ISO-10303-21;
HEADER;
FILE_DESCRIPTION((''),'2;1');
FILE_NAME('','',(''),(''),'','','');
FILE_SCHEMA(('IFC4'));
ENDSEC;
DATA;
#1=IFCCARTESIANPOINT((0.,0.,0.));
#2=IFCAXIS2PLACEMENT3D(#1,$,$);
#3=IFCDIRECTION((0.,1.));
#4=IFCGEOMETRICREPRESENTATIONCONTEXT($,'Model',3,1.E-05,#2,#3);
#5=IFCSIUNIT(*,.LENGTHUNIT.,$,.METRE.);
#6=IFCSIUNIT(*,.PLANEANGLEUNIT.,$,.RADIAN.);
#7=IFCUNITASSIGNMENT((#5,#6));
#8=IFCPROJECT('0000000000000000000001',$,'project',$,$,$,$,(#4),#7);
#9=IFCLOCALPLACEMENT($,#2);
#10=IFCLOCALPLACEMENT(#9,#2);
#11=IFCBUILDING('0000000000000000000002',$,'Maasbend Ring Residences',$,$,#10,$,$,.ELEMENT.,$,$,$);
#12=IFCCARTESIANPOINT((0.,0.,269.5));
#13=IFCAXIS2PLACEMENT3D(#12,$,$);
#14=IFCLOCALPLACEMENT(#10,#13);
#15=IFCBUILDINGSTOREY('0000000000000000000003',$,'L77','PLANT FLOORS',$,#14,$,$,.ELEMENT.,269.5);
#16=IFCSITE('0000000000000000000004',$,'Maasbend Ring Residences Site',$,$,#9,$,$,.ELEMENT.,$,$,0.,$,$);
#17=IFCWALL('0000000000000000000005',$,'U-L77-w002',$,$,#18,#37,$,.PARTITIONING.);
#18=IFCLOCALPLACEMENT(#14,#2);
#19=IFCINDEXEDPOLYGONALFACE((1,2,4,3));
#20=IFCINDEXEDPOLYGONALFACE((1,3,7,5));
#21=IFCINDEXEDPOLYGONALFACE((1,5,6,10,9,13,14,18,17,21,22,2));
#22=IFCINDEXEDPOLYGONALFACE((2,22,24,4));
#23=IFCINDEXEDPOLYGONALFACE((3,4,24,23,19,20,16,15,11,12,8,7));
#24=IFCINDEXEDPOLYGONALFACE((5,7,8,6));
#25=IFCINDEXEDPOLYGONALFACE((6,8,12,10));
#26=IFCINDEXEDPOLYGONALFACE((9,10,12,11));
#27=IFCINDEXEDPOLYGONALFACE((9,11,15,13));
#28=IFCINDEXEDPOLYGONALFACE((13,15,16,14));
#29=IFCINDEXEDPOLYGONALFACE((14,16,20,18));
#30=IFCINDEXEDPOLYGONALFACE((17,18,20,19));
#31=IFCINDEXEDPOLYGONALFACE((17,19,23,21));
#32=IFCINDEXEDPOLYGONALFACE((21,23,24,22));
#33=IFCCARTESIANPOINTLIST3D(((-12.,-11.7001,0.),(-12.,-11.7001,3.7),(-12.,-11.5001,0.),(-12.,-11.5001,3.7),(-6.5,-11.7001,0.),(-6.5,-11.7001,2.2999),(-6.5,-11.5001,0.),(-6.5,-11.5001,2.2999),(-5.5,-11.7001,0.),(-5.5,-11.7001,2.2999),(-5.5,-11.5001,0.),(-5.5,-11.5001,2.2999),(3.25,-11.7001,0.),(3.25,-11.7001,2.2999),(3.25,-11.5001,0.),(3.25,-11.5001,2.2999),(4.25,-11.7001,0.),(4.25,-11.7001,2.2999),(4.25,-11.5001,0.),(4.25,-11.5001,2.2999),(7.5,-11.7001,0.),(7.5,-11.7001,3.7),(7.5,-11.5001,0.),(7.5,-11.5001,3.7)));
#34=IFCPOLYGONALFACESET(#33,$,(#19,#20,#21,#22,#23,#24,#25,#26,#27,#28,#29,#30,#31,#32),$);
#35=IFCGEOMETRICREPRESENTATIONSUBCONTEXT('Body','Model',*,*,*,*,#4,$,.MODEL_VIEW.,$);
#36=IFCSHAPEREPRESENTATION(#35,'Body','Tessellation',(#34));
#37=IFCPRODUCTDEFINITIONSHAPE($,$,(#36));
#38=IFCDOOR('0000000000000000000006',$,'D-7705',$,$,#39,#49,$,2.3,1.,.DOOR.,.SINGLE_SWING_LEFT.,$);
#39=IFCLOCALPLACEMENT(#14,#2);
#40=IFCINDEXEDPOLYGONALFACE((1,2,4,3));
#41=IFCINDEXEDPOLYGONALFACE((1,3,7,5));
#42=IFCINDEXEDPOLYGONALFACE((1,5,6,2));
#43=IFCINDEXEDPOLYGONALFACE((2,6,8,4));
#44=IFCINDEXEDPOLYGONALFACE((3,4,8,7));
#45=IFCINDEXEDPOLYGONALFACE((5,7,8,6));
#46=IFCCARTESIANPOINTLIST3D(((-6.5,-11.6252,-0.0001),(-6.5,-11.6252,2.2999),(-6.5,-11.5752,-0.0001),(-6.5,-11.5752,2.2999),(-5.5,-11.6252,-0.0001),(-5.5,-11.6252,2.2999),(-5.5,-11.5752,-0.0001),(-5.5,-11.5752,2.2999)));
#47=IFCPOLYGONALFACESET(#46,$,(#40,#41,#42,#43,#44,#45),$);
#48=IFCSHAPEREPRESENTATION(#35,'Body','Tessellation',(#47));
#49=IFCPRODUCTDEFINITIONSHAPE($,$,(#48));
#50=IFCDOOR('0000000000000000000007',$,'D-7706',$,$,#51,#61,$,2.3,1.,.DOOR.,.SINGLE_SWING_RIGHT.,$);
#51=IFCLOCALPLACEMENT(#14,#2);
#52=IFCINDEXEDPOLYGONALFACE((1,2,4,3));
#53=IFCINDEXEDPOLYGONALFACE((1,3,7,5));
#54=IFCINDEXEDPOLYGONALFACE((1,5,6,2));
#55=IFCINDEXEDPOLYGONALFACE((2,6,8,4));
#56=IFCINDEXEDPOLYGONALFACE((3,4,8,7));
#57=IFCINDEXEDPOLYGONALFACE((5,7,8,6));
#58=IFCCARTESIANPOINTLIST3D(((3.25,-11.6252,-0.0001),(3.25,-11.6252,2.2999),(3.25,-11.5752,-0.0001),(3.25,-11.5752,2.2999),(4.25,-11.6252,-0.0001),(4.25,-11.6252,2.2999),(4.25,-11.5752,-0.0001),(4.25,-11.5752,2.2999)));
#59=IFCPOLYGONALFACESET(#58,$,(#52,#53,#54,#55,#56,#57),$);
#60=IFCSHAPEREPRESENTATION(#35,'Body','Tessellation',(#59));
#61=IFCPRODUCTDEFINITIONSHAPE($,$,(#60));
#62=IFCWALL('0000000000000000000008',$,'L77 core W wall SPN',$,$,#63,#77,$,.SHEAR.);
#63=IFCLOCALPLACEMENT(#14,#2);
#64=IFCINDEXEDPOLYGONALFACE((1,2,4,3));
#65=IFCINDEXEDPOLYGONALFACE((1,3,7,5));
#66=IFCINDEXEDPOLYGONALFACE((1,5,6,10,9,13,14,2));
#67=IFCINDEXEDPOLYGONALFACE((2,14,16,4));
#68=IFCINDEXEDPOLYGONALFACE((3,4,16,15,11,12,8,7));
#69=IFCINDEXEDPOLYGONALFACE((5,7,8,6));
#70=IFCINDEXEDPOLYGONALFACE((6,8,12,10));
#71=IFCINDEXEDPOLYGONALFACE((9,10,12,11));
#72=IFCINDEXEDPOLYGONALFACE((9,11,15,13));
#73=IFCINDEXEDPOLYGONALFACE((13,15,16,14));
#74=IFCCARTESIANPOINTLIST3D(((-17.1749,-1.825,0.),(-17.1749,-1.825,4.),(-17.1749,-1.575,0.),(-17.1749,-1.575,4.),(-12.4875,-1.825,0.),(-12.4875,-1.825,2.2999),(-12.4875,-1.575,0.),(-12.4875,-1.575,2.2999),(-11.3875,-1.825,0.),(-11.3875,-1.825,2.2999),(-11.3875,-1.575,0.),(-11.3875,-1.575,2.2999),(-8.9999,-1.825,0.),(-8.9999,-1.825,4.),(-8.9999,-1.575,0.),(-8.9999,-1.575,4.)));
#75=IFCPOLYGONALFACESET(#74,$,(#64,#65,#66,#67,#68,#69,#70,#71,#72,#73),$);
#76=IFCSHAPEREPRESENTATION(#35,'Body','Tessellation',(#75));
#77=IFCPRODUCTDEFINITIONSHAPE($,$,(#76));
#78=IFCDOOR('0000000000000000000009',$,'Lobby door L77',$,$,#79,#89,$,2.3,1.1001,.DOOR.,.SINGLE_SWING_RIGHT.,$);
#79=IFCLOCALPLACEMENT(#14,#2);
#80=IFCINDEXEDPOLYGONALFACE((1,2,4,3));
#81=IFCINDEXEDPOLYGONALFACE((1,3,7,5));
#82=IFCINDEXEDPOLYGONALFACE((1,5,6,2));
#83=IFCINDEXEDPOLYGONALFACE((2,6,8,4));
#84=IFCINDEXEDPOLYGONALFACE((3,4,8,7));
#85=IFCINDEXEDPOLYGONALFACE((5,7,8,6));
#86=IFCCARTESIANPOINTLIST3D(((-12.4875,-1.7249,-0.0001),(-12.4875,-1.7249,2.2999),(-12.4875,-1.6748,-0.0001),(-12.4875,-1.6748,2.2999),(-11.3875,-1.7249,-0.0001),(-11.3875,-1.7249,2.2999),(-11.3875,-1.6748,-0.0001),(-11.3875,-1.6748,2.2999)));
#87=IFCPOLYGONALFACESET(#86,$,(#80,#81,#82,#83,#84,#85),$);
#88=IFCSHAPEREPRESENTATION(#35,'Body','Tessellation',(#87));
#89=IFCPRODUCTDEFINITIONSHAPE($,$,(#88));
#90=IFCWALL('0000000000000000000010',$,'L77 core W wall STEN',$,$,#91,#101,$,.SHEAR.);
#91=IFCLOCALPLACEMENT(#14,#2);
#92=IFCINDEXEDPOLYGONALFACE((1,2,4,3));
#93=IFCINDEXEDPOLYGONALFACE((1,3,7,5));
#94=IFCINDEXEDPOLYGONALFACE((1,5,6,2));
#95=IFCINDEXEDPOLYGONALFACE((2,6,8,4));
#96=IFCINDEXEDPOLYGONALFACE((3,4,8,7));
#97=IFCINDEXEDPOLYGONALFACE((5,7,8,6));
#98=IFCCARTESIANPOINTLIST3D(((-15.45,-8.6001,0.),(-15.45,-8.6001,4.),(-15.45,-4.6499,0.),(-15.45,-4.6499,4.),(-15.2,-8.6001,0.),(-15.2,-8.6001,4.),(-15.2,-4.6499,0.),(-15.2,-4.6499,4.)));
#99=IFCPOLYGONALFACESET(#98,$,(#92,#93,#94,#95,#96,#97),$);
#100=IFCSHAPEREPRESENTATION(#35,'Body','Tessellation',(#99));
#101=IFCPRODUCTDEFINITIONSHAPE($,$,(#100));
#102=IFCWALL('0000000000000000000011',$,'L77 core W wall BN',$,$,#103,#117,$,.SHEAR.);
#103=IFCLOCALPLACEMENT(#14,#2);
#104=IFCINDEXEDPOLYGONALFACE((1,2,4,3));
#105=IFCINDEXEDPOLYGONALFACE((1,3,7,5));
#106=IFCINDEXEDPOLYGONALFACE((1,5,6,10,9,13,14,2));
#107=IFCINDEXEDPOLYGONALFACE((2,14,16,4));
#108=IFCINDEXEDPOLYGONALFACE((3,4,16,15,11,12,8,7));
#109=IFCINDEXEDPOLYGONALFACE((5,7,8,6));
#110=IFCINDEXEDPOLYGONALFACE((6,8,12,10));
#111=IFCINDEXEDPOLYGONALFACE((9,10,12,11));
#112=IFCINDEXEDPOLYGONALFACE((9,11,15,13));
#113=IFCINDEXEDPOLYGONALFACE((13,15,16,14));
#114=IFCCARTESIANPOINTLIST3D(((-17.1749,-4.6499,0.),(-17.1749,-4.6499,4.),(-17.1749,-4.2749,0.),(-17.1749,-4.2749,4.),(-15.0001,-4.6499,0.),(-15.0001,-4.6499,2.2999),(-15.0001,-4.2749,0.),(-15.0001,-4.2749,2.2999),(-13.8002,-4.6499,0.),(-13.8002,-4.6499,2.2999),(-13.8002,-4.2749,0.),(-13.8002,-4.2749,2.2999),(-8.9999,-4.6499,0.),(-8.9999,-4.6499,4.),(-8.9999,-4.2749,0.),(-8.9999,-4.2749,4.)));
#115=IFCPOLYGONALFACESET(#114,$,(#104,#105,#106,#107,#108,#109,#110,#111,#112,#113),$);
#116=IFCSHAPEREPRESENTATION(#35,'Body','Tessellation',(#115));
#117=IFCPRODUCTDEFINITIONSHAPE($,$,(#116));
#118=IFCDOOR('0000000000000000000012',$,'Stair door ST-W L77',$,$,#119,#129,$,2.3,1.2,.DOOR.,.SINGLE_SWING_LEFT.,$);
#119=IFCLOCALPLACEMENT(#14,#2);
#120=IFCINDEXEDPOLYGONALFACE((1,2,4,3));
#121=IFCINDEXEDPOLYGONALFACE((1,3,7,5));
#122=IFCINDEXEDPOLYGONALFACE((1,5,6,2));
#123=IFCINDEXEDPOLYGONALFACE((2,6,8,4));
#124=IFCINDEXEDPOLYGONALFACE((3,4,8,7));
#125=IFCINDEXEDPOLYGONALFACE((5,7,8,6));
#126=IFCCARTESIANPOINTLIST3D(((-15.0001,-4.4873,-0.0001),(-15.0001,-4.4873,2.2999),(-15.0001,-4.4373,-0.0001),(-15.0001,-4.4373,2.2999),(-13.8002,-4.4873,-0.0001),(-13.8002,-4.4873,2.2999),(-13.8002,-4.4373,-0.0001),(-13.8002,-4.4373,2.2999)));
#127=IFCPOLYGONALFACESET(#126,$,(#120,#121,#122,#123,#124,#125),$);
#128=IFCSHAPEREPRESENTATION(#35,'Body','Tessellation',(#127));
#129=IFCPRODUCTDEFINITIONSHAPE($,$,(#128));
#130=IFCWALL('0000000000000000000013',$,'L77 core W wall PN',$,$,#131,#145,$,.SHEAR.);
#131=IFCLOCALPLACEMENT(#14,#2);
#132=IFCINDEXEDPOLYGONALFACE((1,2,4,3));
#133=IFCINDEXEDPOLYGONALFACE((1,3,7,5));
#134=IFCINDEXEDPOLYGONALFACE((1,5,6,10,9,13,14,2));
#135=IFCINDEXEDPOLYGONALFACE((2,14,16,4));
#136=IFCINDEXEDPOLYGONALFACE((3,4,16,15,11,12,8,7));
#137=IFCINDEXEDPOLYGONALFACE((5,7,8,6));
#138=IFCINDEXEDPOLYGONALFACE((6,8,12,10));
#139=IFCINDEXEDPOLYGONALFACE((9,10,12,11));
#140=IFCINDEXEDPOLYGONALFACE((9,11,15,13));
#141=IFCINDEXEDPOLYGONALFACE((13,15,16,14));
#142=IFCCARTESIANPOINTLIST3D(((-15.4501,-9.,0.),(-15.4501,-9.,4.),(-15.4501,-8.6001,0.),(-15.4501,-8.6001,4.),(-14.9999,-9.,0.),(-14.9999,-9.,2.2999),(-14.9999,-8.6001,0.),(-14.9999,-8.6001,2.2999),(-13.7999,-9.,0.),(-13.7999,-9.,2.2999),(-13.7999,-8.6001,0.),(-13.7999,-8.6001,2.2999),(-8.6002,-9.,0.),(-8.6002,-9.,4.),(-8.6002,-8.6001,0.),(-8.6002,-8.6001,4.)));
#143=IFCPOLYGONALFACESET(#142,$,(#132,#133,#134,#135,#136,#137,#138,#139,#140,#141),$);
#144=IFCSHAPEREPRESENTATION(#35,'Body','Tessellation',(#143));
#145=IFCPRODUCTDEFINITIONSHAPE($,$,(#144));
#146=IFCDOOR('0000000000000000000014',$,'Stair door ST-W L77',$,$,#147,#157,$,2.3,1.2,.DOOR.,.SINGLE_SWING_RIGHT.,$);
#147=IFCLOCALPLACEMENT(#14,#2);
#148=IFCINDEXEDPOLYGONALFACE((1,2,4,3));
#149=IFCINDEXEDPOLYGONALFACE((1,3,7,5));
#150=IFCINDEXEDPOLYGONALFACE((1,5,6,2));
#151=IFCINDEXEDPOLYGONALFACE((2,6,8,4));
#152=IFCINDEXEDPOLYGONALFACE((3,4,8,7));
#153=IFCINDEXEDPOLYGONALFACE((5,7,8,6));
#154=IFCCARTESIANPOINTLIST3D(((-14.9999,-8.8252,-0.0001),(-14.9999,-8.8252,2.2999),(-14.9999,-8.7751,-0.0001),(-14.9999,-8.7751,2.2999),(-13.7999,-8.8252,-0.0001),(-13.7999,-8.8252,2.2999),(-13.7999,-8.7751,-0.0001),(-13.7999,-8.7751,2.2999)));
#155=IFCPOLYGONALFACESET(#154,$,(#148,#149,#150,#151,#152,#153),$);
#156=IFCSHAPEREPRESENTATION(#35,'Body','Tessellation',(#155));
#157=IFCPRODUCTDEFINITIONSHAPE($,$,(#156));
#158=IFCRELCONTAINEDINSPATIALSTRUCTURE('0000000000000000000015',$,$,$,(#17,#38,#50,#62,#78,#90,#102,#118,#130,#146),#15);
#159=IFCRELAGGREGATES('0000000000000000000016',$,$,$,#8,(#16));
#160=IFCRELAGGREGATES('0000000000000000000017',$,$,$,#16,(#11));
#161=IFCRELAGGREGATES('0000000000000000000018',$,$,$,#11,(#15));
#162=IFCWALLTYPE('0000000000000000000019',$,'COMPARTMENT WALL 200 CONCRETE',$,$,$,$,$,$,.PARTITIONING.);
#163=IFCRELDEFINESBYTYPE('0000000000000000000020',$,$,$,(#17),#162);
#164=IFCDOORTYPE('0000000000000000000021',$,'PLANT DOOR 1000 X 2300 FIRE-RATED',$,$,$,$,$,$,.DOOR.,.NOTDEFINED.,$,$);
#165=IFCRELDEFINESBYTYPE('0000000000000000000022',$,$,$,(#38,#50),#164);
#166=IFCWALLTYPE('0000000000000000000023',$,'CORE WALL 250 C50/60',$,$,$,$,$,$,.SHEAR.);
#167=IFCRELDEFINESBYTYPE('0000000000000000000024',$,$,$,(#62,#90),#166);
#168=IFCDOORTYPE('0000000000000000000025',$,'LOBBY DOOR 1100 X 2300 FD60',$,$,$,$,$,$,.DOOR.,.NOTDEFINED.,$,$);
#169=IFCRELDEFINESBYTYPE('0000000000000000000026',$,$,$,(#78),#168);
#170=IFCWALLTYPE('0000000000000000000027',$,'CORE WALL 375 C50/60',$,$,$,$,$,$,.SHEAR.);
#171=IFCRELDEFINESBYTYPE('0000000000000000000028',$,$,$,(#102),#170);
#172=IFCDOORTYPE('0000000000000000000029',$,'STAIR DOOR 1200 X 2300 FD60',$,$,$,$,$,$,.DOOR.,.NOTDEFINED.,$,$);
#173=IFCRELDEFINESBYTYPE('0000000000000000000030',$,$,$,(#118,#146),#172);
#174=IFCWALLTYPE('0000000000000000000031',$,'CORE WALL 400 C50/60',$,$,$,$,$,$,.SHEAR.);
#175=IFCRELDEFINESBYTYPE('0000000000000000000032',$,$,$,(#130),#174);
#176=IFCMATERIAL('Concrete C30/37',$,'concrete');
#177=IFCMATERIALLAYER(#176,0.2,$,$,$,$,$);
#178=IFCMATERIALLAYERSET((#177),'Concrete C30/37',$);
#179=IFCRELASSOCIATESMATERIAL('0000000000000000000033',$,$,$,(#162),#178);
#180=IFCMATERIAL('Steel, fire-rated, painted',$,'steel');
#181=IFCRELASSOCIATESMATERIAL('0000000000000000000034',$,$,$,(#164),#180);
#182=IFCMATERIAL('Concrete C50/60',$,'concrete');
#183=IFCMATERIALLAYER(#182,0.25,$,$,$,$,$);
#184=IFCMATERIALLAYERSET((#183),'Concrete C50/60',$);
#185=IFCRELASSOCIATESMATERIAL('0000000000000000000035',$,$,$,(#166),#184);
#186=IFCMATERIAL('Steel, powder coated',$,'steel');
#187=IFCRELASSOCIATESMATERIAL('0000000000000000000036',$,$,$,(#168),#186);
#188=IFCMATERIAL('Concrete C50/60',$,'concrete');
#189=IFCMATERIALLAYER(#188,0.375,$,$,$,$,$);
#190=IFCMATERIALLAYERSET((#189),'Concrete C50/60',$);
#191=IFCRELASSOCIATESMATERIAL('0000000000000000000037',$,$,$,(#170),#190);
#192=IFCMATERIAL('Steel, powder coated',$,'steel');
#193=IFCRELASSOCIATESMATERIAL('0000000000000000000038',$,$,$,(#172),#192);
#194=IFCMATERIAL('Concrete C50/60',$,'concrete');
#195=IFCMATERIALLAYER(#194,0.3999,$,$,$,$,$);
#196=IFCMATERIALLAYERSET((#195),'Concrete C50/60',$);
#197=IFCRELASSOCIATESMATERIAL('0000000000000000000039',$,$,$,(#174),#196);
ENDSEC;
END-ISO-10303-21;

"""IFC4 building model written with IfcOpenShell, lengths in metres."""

from ifc_helpers import new_model, si_unit, direction, frame, frame_2d, origin, place, context, subcontext, project, spatial, rectangle, extrude, material, layer, layer_set, type_object, element, fill, save


model = new_model("IFC4")

# Units and contexts
model_context = context("Model", 3, precision=1e-05, world=origin(), true_north=direction((0.0, 1.0)))
body_context = subcontext(model_context, "Body", "Model", "MODEL_VIEW")
ifc_project = project(units=[si_unit("LENGTHUNIT", "METRE"), si_unit("PLANEANGLEUNIT", "RADIAN")], contexts=[model_context])

# Site, building, storey
site_placement = place(None, origin())
site = spatial("IfcSite", under=ifc_project, at=site_placement, Name="Maasbend Ring Residences Site", CompositionType="ELEMENT", RefElevation=0.0)
building_placement = place(site_placement, origin())
building = spatial("IfcBuilding", under=site, at=building_placement, Name="Maasbend Ring Residences", CompositionType="ELEMENT")
storey_placement = place(building_placement, frame((0.0, 0.0, 269.5)))
storey = spatial("IfcBuildingStorey", under=building, at=storey_placement, Name="L77", Description="PLANT FLOORS", CompositionType="ELEMENT", Elevation=269.5)

# Wall, openings, doors
ifc_material_1 = material(Name="Concrete C30/37", Category="concrete")
ifc_layer_1 = layer(ifc_material_1, 0.2)
ifc_layer_set_1 = layer_set([ifc_layer_1], Name="Concrete C30/37")
wall_type_1 = type_object("IfcWallType", Name="COMPARTMENT WALL 200 CONCRETE", PredefinedType="PARTITIONING", material=ifc_layer_set_1)
wall_1_placement = place(storey_placement, frame((-12.0, -11.6001, 0.0), z_axis=(0.0, 0.0, 1.0), x_axis=(1.0, 0.0, 0.0)))
wall_1 = element("IfcWall", 1, at=wall_1_placement, inside=storey, type_object=wall_type_1, Name="U-L77-w002", PredefinedType="PARTITIONING", context=body_context, shape_type="SweptSolid", body=[
    extrude(rectangle(XDim=19.5, YDim=0.2, at=frame_2d((9.75, 0.0))), origin(), (0.0, 0.0, 1.0), 3.7),
])
opening_1_placement = place(wall_1_placement, frame((5.5, 0.0, 0.0)))
opening_1 = element("IfcOpeningElement", 2, at=opening_1_placement, cuts=wall_1, PredefinedType="OPENING", context=body_context, shape_type="SweptSolid", body=[
    extrude(rectangle(XDim=1.0, YDim=2.3, at=frame_2d((0.5, 1.1499))), frame((0.0, 0.1099, 0.0), z_axis=(0.0, -1.0, 0.0), x_axis=(1.0, 0.0, 0.0)), (0.0, 0.0, 1.0), 0.22),
])
opening_2_placement = place(wall_1_placement, frame((15.25, 0.0, 0.0)))
opening_2 = element("IfcOpeningElement", 3, at=opening_2_placement, cuts=wall_1, PredefinedType="OPENING", context=body_context, shape_type="SweptSolid", body=[
    extrude(rectangle(XDim=1.0, YDim=2.3, at=frame_2d((0.5, 1.1499))), frame((0.0, 0.1099, 0.0), z_axis=(0.0, -1.0, 0.0), x_axis=(1.0, 0.0, 0.0)), (0.0, 0.0, 1.0), 0.22),
])
ifc_material_2 = material(Name="Steel, fire-rated, painted", Category="steel")
door_type_1 = type_object("IfcDoorType", Name="PLANT DOOR 1000 X 2300 FIRE-RATED", OperationType="NOTDEFINED", PredefinedType="DOOR", material=ifc_material_2)
door_1_placement = place(opening_1_placement, origin())
door_1 = element("IfcDoor", 4, at=door_1_placement, inside=storey, type_object=door_type_1, Name="D-7705", OperationType="SINGLE_SWING_LEFT", OverallHeight=2.3, OverallWidth=1.0, PredefinedType="DOOR", context=body_context, shape_type="SweptSolid", body=[
    extrude(rectangle(XDim=1.0, YDim=2.3, at=frame_2d((0.5, 1.1499))), frame((0.0, 0.0249, 0.0), z_axis=(0.0, -1.0, 0.0), x_axis=(1.0, 0.0, 0.0)), (0.0, 0.0, 1.0), 0.05),
])
fill(opening_1, door_1)
door_2_placement = place(opening_2_placement, origin())
door_2 = element("IfcDoor", 5, at=door_2_placement, inside=storey, type_object=door_type_1, Name="D-7706", OperationType="SINGLE_SWING_RIGHT", OverallHeight=2.3, OverallWidth=1.0, PredefinedType="DOOR", context=body_context, shape_type="SweptSolid", body=[
    extrude(rectangle(XDim=1.0, YDim=2.3, at=frame_2d((0.5, 1.1499))), frame((0.0, 0.0249, 0.0), z_axis=(0.0, -1.0, 0.0), x_axis=(1.0, 0.0, 0.0)), (0.0, 0.0, 1.0), 0.05),
])
fill(opening_2, door_2)

# Wall, opening, door
ifc_material_3 = material(Name="Concrete C50/60", Category="concrete")
ifc_layer_2 = layer(ifc_material_3, 0.25)
ifc_layer_set_2 = layer_set([ifc_layer_2], Name="Concrete C50/60")
wall_type_2 = type_object("IfcWallType", Name="CORE WALL 250 C50/60", PredefinedType="SHEAR", material=ifc_layer_set_2)
wall_2_placement = place(storey_placement, frame((-9.0, -1.7, 0.0), z_axis=(0.0, 0.0, 1.0), x_axis=(-1.0, 0.0, 0.0)))
wall_2 = element("IfcWall", 6, at=wall_2_placement, inside=storey, type_object=wall_type_2, Name="L77 core W wall SPN", PredefinedType="SHEAR", context=body_context, shape_type="SweptSolid", body=[
    extrude(rectangle(XDim=8.175, YDim=0.25, at=frame_2d((4.0874, 0.0))), origin(), (0.0, 0.0, 1.0), 4.0),
])
opening_3_placement = place(wall_2_placement, frame((2.3875, 0.0, 0.0)))
opening_3 = element("IfcOpeningElement", 7, at=opening_3_placement, cuts=wall_2, PredefinedType="OPENING", context=body_context, shape_type="SweptSolid", body=[
    extrude(rectangle(XDim=1.1001, YDim=2.3, at=frame_2d((0.55, 1.1499))), frame((0.0, 0.135, 0.0), z_axis=(0.0, -1.0, 0.0), x_axis=(1.0, 0.0, 0.0)), (0.0, 0.0, 1.0), 0.27),
])
ifc_material_4 = material(Name="Steel, powder coated", Category="steel")
door_type_2 = type_object("IfcDoorType", Name="LOBBY DOOR 1100 X 2300 FD60", OperationType="NOTDEFINED", PredefinedType="DOOR", material=ifc_material_4)
door_3_placement = place(opening_3_placement, origin())
door_3 = element("IfcDoor", 8, at=door_3_placement, inside=storey, type_object=door_type_2, Name="Lobby door L77", OperationType="SINGLE_SWING_RIGHT", OverallHeight=2.3, OverallWidth=1.1001, PredefinedType="DOOR", context=body_context, shape_type="SweptSolid", body=[
    extrude(rectangle(XDim=1.1001, YDim=2.3, at=frame_2d((0.55, 1.1499))), frame((0.0, 0.0249, 0.0), z_axis=(0.0, -1.0, 0.0), x_axis=(1.0, 0.0, 0.0)), (0.0, 0.0, 1.0), 0.05),
])
fill(opening_3, door_3)

# Wall
wall_3_placement = place(storey_placement, frame((-15.325, -4.6499, 0.0), z_axis=(0.0, 0.0, 1.0), x_axis=(0.0, -1.0, 0.0)))
element("IfcWall", 9, at=wall_3_placement, inside=storey, type_object=wall_type_2, Name="L77 core W wall STEN", PredefinedType="SHEAR", context=body_context, shape_type="SweptSolid", body=[
    extrude(rectangle(XDim=3.9502, YDim=0.25, at=frame_2d((1.9751, 0.0))), origin(), (0.0, 0.0, 1.0), 4.0),
])

# Walls, openings, doors
ifc_material_5 = material(Name="Concrete C50/60", Category="concrete")
ifc_layer_3 = layer(ifc_material_5, 0.375)
ifc_layer_set_3 = layer_set([ifc_layer_3], Name="Concrete C50/60")
wall_type_3 = type_object("IfcWallType", Name="CORE WALL 375 C50/60", PredefinedType="SHEAR", material=ifc_layer_set_3)
wall_4_placement = place(storey_placement, frame((-9.0, -4.4624, 0.0), z_axis=(0.0, 0.0, 1.0), x_axis=(-1.0, 0.0, 0.0)))
wall_4 = element("IfcWall", 10, at=wall_4_placement, inside=storey, type_object=wall_type_3, Name="L77 core W wall BN", PredefinedType="SHEAR", context=body_context, shape_type="SweptSolid", body=[
    extrude(rectangle(XDim=8.175, YDim=0.375, at=frame_2d((4.0874, 0.0))), origin(), (0.0, 0.0, 1.0), 4.0),
])
opening_4_placement = place(wall_4_placement, frame((4.8, 0.0, 0.0)))
opening_4 = element("IfcOpeningElement", 11, at=opening_4_placement, cuts=wall_4, PredefinedType="OPENING", context=body_context, shape_type="SweptSolid", body=[
    extrude(rectangle(XDim=1.2, YDim=2.3, at=frame_2d((0.6001, 1.1499))), frame((0.0, 0.1975, 0.0), z_axis=(0.0, -1.0, 0.0), x_axis=(1.0, 0.0, 0.0)), (0.0, 0.0, 1.0), 0.395),
])
ifc_material_6 = material(Name="Steel, powder coated", Category="steel")
door_type_3 = type_object("IfcDoorType", Name="STAIR DOOR 1200 X 2300 FD60", OperationType="NOTDEFINED", PredefinedType="DOOR", material=ifc_material_6)
door_4_placement = place(opening_4_placement, origin())
door_4 = element("IfcDoor", 12, at=door_4_placement, inside=storey, type_object=door_type_3, Name="Stair door ST-W L77", OperationType="SINGLE_SWING_LEFT", OverallHeight=2.3, OverallWidth=1.2, PredefinedType="DOOR", context=body_context, shape_type="SweptSolid", body=[
    extrude(rectangle(XDim=1.2, YDim=2.3, at=frame_2d((0.6001, 1.1499))), frame((0.0, 0.0249, 0.0), z_axis=(0.0, -1.0, 0.0), x_axis=(1.0, 0.0, 0.0)), (0.0, 0.0, 1.0), 0.05),
])
fill(opening_4, door_4)
ifc_material_7 = material(Name="Concrete C50/60", Category="concrete")
ifc_layer_4 = layer(ifc_material_7, 0.3999)
ifc_layer_set_4 = layer_set([ifc_layer_4], Name="Concrete C50/60")
wall_type_4 = type_object("IfcWallType", Name="CORE WALL 400 C50/60", PredefinedType="SHEAR", material=ifc_layer_set_4)
wall_5_placement = place(storey_placement, frame((-15.45, -8.8, 0.0), z_axis=(0.0, 0.0, 1.0), x_axis=(1.0, 0.0, 0.0)))
wall_5 = element("IfcWall", 13, at=wall_5_placement, inside=storey, type_object=wall_type_4, Name="L77 core W wall PN", PredefinedType="SHEAR", context=body_context, shape_type="SweptSolid", body=[
    extrude(rectangle(XDim=6.8499, YDim=0.3999, at=frame_2d((3.4248, 0.0))), origin(), (0.0, 0.0, 1.0), 4.0),
])
opening_5_placement = place(wall_5_placement, frame((0.45, 0.0, 0.0)))
opening_5 = element("IfcOpeningElement", 14, at=opening_5_placement, cuts=wall_5, PredefinedType="OPENING", context=body_context, shape_type="SweptSolid", body=[
    extrude(rectangle(XDim=1.2, YDim=2.3, at=frame_2d((0.6001, 1.1499))), frame((0.0, 0.21, 0.0), z_axis=(0.0, -1.0, 0.0), x_axis=(1.0, 0.0, 0.0)), (0.0, 0.0, 1.0), 0.4199),
])
door_5_placement = place(opening_5_placement, origin())
door_5 = element("IfcDoor", 15, at=door_5_placement, inside=storey, type_object=door_type_3, Name="Stair door ST-W L77", OperationType="SINGLE_SWING_RIGHT", OverallHeight=2.3, OverallWidth=1.2, PredefinedType="DOOR", context=body_context, shape_type="SweptSolid", body=[
    extrude(rectangle(XDim=1.2, YDim=2.3, at=frame_2d((0.6001, 1.1499))), frame((0.0, 0.0249, 0.0), z_axis=(0.0, -1.0, 0.0), x_axis=(1.0, 0.0, 0.0)), (0.0, 0.0, 1.0), 0.05),
])
fill(opening_5, door_5)

save(model, "model.ifc")
